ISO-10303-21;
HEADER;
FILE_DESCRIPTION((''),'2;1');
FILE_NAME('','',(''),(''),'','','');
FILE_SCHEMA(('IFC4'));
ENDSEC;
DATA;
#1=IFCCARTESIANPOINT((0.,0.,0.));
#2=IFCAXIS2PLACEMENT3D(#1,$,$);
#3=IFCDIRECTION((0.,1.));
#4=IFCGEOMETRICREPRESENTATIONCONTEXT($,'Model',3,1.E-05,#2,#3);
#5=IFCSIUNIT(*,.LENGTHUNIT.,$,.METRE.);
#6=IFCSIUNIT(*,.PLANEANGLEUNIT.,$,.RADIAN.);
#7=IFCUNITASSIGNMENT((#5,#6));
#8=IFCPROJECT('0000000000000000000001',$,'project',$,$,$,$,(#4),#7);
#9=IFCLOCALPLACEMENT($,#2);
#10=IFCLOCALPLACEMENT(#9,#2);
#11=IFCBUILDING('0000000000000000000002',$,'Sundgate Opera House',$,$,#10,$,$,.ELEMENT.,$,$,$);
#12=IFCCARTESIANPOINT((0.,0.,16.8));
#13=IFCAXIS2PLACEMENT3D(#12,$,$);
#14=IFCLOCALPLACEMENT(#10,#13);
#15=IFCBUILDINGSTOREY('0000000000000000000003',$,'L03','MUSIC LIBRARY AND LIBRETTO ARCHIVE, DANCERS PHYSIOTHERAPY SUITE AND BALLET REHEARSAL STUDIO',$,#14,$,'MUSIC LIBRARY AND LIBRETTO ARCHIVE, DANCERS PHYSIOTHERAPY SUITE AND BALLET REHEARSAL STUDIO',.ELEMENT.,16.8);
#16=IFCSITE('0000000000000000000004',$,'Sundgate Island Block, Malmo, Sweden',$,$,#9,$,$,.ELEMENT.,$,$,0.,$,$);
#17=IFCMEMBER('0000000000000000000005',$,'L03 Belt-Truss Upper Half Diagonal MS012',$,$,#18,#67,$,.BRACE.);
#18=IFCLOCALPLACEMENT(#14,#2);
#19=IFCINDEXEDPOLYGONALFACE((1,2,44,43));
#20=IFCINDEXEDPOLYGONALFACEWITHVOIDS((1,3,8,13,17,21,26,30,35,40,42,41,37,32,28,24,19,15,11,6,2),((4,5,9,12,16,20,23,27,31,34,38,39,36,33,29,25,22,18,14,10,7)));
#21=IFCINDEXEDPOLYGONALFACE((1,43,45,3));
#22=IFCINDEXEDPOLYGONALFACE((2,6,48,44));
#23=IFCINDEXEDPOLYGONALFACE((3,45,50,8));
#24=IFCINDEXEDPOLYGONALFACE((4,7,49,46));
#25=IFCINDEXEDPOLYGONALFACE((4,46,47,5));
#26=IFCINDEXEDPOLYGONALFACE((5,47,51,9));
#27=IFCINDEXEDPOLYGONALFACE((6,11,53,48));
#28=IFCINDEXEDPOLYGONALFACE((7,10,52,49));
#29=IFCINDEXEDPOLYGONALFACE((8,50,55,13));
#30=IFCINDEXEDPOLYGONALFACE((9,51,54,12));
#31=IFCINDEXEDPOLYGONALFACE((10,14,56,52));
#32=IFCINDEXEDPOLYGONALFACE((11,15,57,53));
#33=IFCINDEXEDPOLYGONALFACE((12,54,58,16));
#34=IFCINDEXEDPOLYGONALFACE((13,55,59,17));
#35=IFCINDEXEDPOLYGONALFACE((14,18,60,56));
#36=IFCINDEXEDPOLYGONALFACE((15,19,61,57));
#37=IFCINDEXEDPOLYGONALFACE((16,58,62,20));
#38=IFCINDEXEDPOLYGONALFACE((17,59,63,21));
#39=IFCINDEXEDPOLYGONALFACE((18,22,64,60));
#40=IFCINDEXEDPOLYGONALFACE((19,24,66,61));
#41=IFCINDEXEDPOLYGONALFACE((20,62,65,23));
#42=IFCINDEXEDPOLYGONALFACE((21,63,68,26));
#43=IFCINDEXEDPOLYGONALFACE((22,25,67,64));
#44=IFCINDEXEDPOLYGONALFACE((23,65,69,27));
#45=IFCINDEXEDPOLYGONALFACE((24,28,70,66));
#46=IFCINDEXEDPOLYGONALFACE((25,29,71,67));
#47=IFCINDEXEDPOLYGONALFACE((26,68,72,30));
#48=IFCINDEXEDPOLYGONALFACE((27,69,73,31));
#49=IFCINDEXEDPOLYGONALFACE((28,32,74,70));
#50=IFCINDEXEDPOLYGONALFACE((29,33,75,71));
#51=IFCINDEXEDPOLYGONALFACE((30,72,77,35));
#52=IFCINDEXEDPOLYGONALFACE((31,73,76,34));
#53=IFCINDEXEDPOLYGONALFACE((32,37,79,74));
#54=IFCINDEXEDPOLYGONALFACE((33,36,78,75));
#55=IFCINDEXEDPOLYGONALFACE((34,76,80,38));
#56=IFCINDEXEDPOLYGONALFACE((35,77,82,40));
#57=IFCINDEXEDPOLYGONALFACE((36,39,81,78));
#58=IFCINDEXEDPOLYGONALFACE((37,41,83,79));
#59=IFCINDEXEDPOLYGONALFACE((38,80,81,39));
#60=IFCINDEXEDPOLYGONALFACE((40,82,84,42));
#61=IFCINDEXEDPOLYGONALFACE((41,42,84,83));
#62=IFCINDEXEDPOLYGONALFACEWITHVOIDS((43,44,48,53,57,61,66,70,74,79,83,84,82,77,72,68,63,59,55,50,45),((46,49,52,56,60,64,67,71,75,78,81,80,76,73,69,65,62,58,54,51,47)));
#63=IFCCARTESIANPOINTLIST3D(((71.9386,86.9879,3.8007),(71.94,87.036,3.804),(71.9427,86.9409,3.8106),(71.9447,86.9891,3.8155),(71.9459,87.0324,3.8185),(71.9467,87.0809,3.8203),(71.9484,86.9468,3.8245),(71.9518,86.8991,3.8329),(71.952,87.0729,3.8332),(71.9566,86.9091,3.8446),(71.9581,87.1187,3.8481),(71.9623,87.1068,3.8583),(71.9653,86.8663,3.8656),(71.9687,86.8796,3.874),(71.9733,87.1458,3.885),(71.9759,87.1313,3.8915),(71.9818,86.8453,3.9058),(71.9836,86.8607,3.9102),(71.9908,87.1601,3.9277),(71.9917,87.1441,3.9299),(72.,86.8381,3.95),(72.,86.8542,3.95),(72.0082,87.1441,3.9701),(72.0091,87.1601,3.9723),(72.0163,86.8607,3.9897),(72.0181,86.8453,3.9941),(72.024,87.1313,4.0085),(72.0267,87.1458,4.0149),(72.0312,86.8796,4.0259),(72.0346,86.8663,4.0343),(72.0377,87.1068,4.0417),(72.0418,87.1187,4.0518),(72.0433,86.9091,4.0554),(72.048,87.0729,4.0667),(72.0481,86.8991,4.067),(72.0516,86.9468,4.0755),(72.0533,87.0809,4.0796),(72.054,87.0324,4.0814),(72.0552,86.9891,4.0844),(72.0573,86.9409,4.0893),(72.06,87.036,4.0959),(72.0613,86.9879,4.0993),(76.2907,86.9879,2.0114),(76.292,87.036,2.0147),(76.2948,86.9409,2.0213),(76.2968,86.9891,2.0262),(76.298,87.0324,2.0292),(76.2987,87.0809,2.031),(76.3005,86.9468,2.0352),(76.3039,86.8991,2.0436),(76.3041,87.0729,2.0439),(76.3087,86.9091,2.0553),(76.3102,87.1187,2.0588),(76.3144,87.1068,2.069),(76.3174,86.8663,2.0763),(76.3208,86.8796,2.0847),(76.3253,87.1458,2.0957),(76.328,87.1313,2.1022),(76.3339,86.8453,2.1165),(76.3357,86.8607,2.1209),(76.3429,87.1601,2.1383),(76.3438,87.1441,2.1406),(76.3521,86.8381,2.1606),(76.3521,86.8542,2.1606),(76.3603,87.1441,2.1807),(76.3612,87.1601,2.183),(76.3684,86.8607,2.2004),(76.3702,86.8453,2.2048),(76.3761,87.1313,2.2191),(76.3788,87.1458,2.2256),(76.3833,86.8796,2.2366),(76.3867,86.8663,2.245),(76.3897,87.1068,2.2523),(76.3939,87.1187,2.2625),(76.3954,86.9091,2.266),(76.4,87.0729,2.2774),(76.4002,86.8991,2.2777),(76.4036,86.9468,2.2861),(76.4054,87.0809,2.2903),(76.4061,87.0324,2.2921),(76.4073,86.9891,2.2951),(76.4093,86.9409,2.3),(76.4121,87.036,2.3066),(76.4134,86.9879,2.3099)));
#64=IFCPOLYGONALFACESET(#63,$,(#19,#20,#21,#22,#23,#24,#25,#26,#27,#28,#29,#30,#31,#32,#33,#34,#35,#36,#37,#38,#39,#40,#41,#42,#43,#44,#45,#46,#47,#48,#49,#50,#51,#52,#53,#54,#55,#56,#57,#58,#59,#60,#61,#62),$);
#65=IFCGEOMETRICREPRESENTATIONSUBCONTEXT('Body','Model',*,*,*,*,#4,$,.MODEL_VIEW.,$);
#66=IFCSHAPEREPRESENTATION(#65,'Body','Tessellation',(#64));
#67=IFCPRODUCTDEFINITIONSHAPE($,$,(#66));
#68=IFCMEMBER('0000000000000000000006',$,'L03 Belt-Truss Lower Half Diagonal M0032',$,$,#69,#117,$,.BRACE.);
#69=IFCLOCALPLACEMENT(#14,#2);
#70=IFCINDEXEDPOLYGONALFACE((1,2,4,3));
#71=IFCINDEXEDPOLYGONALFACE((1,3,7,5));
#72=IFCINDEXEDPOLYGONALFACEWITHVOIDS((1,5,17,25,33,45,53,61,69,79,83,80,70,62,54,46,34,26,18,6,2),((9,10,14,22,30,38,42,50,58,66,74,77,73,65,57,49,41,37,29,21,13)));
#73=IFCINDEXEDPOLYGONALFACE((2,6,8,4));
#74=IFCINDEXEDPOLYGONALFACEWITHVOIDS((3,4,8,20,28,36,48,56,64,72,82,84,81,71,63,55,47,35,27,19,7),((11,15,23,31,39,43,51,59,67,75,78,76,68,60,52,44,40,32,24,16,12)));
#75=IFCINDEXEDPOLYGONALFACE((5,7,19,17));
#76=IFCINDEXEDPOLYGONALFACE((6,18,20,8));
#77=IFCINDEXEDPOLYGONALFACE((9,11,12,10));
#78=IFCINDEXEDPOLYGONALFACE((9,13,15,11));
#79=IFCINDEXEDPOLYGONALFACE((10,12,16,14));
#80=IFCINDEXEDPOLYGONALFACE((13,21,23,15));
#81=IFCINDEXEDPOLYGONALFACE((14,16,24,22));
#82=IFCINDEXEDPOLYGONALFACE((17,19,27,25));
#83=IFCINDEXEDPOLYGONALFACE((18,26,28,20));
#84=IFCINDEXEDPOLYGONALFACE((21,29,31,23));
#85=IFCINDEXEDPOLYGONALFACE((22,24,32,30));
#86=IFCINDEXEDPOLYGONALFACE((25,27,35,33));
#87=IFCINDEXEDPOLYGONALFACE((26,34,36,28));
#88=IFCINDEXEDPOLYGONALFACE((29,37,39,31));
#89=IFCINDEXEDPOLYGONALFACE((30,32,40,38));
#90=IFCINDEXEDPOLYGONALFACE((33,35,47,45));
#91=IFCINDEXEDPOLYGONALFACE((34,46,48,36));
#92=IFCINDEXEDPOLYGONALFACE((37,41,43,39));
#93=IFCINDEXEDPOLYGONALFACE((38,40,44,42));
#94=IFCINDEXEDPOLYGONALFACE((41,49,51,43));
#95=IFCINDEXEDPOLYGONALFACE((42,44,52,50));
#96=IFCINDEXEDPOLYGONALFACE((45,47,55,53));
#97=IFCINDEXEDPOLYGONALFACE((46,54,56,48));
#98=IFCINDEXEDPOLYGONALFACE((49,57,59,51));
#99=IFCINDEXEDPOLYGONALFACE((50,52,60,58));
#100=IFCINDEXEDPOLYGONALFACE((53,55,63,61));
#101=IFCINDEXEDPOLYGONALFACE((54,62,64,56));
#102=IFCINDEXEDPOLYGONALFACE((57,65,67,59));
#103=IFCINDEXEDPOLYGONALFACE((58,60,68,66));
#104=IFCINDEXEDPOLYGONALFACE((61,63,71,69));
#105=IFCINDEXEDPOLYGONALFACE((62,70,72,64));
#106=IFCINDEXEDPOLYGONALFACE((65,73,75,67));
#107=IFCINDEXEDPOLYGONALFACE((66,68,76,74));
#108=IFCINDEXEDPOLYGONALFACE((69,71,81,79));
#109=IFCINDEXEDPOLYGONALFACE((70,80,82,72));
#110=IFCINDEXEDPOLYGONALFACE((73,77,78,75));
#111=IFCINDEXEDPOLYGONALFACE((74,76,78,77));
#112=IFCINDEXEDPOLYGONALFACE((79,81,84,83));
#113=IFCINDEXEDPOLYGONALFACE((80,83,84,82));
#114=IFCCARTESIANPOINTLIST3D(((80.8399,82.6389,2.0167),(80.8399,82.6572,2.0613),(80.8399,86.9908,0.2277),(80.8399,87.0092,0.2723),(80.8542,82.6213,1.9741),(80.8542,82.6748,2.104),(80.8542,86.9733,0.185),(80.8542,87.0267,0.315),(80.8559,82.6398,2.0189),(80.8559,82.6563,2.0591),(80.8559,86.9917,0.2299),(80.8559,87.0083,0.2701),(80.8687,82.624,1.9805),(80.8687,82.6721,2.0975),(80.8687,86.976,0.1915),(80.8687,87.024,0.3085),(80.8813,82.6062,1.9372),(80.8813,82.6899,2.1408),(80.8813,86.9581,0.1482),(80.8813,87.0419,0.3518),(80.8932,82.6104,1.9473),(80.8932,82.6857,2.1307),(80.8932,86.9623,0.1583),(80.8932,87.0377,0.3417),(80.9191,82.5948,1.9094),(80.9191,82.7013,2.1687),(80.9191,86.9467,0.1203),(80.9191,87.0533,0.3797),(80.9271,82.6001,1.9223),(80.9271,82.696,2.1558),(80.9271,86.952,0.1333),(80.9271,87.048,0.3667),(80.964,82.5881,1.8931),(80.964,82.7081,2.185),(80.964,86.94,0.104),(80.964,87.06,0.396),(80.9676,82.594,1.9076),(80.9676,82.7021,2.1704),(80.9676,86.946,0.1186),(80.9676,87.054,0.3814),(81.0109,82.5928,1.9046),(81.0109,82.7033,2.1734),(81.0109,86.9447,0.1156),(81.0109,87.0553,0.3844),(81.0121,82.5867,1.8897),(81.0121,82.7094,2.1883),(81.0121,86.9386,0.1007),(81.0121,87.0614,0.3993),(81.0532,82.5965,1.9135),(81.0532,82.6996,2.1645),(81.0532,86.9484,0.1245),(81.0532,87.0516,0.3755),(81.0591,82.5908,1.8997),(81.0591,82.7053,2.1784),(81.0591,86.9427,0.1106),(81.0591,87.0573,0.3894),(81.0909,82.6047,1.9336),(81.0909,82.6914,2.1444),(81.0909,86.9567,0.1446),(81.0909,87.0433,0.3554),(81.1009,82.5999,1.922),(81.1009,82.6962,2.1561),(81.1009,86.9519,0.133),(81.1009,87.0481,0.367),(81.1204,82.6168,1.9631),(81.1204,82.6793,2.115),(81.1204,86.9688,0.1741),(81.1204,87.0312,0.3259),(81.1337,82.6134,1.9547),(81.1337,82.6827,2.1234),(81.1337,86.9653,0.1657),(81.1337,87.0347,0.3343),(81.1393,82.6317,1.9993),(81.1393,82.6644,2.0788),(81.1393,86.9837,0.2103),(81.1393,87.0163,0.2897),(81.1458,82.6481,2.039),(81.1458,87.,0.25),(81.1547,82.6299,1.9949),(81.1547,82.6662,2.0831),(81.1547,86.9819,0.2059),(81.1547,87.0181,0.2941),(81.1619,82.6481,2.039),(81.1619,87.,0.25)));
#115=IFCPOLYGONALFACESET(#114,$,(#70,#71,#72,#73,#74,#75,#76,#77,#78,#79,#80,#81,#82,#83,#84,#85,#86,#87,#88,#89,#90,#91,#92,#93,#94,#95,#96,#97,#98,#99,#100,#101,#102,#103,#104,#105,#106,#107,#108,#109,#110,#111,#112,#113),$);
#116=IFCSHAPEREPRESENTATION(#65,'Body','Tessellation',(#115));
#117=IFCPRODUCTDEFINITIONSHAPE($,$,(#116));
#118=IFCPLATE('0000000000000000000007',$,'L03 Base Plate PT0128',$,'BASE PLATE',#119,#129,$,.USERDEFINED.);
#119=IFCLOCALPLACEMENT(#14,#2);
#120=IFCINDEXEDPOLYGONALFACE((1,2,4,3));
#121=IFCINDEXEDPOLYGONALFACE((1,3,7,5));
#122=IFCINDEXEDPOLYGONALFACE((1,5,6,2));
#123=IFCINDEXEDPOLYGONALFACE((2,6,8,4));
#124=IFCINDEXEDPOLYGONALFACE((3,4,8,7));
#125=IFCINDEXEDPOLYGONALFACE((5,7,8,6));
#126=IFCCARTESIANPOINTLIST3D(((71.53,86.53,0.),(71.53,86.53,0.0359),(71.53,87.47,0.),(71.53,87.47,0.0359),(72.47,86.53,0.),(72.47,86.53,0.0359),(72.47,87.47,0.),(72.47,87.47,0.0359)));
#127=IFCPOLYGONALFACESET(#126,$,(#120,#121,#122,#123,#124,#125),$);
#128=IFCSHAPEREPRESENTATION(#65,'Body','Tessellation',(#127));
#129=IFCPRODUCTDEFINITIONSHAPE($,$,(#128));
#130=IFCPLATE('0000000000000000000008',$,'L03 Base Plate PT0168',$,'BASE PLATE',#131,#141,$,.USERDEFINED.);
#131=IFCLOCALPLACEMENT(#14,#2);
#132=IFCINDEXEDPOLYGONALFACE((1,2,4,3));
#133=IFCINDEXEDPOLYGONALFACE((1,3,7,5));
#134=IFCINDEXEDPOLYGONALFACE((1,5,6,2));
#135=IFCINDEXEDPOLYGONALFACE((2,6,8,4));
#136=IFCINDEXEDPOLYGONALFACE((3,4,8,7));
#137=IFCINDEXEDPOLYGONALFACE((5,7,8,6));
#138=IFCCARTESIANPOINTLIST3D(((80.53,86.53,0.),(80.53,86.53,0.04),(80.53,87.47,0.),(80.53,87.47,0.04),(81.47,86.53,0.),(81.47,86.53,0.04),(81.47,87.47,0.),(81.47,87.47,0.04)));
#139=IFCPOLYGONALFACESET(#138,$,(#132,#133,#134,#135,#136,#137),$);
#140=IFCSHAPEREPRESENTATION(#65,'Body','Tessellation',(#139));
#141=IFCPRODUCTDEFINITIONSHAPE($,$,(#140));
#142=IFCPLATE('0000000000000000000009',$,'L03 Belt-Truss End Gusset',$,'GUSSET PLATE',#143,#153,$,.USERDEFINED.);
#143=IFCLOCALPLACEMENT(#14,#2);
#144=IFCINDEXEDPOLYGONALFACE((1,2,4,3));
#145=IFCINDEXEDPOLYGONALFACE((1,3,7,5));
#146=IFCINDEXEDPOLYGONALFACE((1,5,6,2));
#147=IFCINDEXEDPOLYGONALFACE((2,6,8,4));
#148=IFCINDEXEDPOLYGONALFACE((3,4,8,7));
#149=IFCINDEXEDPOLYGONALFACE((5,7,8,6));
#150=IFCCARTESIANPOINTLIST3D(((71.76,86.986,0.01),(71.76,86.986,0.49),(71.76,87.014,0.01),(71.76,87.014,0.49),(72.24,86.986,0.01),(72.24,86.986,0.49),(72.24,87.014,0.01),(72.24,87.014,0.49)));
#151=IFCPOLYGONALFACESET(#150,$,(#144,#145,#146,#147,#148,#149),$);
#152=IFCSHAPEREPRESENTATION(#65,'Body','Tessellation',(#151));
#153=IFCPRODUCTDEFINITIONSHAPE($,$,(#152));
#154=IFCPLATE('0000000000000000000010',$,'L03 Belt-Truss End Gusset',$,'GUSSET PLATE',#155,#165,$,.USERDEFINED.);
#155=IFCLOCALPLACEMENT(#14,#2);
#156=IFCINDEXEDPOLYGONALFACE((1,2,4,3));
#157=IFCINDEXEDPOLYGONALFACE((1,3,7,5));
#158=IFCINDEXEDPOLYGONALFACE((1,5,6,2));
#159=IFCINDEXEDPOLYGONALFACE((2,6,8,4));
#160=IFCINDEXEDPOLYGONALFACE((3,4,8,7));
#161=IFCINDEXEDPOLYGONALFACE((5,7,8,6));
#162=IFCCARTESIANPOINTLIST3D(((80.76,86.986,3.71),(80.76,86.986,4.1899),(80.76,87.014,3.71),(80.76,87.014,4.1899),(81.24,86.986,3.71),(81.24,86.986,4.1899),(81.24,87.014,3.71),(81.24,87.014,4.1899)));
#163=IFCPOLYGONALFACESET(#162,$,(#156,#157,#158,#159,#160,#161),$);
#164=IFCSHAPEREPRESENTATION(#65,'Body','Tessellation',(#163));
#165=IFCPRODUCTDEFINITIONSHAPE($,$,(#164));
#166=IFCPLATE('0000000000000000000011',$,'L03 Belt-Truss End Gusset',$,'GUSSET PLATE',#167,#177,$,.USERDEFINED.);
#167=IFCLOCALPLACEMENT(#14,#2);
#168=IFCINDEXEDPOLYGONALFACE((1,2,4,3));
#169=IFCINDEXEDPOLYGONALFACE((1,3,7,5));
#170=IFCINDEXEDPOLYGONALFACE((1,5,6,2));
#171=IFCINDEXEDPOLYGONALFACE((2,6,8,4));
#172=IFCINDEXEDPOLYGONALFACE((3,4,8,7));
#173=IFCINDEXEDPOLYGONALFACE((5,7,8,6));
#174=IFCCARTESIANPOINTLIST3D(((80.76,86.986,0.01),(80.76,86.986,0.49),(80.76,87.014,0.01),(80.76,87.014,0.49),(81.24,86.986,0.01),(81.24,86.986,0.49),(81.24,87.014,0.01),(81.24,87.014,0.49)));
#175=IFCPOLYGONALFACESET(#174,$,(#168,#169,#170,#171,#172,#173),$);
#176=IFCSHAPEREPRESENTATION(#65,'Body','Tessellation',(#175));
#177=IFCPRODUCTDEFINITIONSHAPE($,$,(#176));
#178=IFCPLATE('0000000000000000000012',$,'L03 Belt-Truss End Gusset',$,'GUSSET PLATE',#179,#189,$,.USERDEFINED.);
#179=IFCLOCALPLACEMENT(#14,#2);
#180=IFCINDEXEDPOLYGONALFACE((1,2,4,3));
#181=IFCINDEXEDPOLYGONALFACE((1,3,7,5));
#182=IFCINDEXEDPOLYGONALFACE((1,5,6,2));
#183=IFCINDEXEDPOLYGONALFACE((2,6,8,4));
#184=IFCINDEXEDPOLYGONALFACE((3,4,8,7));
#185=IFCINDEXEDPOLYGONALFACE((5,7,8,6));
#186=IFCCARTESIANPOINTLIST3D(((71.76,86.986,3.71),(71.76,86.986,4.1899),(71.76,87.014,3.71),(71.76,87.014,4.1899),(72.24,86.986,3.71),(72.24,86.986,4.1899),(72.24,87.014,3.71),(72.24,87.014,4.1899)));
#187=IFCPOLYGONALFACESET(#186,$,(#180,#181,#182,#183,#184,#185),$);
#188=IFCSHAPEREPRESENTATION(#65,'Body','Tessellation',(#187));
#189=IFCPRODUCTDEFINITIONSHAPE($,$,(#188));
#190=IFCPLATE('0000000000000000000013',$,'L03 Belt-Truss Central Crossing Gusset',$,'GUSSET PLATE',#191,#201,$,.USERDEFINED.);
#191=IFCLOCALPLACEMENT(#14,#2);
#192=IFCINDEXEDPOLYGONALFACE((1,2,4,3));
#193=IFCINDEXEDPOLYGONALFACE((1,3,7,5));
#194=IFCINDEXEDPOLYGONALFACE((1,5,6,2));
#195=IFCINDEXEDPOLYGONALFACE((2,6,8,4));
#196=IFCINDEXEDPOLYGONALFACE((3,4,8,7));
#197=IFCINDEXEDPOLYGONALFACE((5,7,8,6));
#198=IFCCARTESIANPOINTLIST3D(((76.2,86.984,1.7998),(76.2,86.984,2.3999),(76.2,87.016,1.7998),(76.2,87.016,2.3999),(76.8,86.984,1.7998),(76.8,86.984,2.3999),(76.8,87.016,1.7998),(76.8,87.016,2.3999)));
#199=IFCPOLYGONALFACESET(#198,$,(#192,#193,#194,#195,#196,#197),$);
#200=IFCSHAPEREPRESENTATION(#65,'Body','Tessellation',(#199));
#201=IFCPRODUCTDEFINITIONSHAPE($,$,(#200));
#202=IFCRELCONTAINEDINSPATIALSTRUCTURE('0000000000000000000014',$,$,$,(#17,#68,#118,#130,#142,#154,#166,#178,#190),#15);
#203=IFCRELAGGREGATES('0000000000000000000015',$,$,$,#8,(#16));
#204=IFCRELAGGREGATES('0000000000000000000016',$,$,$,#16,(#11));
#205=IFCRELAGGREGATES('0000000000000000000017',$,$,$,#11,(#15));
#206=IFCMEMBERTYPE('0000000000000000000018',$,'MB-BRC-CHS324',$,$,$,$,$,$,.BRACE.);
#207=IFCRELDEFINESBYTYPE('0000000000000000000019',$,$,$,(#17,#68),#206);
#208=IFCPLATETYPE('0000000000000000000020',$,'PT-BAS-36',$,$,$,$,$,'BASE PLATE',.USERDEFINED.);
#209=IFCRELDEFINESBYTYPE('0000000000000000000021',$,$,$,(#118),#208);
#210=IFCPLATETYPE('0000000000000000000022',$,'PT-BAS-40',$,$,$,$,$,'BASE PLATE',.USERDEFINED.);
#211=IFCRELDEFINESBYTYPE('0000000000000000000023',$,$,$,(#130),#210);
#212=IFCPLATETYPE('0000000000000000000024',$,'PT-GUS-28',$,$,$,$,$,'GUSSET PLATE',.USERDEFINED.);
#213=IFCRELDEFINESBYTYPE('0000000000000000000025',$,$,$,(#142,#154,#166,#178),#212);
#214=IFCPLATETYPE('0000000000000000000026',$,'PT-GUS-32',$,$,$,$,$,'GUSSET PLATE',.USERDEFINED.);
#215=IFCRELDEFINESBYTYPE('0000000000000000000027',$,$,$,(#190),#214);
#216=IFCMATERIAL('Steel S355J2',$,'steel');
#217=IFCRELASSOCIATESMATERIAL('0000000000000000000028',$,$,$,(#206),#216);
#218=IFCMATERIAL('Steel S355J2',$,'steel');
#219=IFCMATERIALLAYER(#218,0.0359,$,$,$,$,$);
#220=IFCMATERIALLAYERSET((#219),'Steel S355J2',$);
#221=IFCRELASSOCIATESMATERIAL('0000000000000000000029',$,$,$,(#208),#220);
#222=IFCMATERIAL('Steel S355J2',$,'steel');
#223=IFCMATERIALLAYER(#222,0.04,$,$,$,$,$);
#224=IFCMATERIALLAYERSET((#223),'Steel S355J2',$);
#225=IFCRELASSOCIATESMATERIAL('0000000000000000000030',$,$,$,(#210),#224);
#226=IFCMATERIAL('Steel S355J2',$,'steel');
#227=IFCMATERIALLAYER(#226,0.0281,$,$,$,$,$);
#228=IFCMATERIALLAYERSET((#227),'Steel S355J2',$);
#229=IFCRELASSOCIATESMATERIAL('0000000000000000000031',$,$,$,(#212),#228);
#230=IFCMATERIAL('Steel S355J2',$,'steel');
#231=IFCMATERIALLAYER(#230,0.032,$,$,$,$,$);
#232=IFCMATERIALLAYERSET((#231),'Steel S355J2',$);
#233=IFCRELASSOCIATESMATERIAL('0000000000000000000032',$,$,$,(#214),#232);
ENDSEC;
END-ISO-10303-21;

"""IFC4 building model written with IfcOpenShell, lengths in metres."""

from ifc_helpers import new_model, si_unit, direction, frame, origin, origin_2d, place, context, subcontext, project, spatial, rectangle, hollow_circle, extrude, material, layer, layer_set, material_profile, profile_set, type_object, element, save


model = new_model("IFC4")

# Units and contexts
model_context = context("Model", 3, precision=1e-05, world=origin(), true_north=direction((0.0, 1.0)))
body_context = subcontext(model_context, "Body", "Model", "MODEL_VIEW")
ifc_project = project(units=[si_unit("LENGTHUNIT", "METRE"), si_unit("PLANEANGLEUNIT", "RADIAN")], contexts=[model_context])

# Site, building, storey
site_placement = place(None, origin())
site = spatial("IfcSite", under=ifc_project, at=site_placement, Name="Sundgate Island Block, Malmo, Sweden", CompositionType="ELEMENT", RefElevation=0.0)
building_placement = place(site_placement, origin())
building = spatial("IfcBuilding", under=site, at=building_placement, Name="Sundgate Opera House", CompositionType="ELEMENT")
storey_placement = place(building_placement, frame((0.0, 0.0, 16.8)))
storey = spatial("IfcBuildingStorey", under=building, at=storey_placement, Name="L03", Description="MUSIC LIBRARY AND LIBRETTO ARCHIVE, DANCERS PHYSIOTHERAPY SUITE AND BALLET REHEARSAL STUDIO", LongName="MUSIC LIBRARY AND LIBRETTO ARCHIVE, DANCERS PHYSIOTHERAPY SUITE AND BALLET REHEARSAL STUDIO", CompositionType="ELEMENT", Elevation=16.8)

# Members
ifc_material_1 = material(Name="Steel S355J2", Category="steel")
ifc_material_profile_1 = material_profile(ifc_material_1, hollow_circle(Radius=0.1619, WallThickness=0.0161, at=origin_2d()), Name="CHS 323.9x16.0")
ifc_profile_set_1 = profile_set([ifc_material_profile_1], Name="Steel S355J2")
member_type = type_object("IfcMemberType", Name="MB-BRC-CHS324", PredefinedType="BRACE", material=ifc_profile_set_1)
member_1_placement = place(storey_placement, frame((76.3521, 87.0, 2.1606), z_axis=(-0.924881, 0.0, 0.380257), x_axis=(0.0, -1.0, 0.0)))
element("IfcMember", 1, at=member_1_placement, inside=storey, type_object=member_type, Name="L03 Belt-Truss Upper Half Diagonal MS012", PredefinedType="BRACE", context=body_context, shape_type="SweptSolid", body=[
    extrude(hollow_circle(Radius=0.1619, WallThickness=0.0161, at=origin_2d()), origin(), (0.0, 0.0, 1.0), 4.7056),
])
member_2_placement = place(storey_placement, frame((81.0, 87.0, 0.25), z_axis=(0.0, -0.924899, 0.380212), x_axis=(1.0, 0.0, 0.0)))
element("IfcMember", 2, at=member_2_placement, inside=storey, type_object=member_type, Name="L03 Belt-Truss Lower Half Diagonal M0032", PredefinedType="BRACE", context=body_context, shape_type="SweptSolid", body=[
    extrude(hollow_circle(Radius=0.1619, WallThickness=0.0161, at=origin_2d()), origin(), (0.0, 0.0, 1.0), 4.7053),
])

# Plates
ifc_material_2 = material(Name="Steel S355J2", Category="steel")
ifc_layer_1 = layer(ifc_material_2, 0.0359)
ifc_layer_set_1 = layer_set([ifc_layer_1], Name="Steel S355J2")
plate_type_1 = type_object("IfcPlateType", Name="PT-BAS-36", ElementType="BASE PLATE", PredefinedType="USERDEFINED", material=ifc_layer_set_1)
plate_1_placement = place(storey_placement, frame((72.0, 87.0, 0.0), z_axis=(0.0, 0.0, 1.0), x_axis=(1.0, 0.0, 0.0)))
element("IfcPlate", 3, at=plate_1_placement, inside=storey, type_object=plate_type_1, Name="L03 Base Plate PT0128", ObjectType="BASE PLATE", PredefinedType="USERDEFINED", context=body_context, shape_type="SweptSolid", body=[
    extrude(rectangle(XDim=0.9399, YDim=0.9399, at=origin_2d()), origin(), (0.0, 0.0, 1.0), 0.0359),
])
ifc_material_3 = material(Name="Steel S355J2", Category="steel")
ifc_layer_2 = layer(ifc_material_3, 0.04)
ifc_layer_set_2 = layer_set([ifc_layer_2], Name="Steel S355J2")
plate_type_2 = type_object("IfcPlateType", Name="PT-BAS-40", ElementType="BASE PLATE", PredefinedType="USERDEFINED", material=ifc_layer_set_2)
plate_2_placement = place(storey_placement, frame((81.0, 87.0, 0.0), z_axis=(0.0, 0.0, 1.0), x_axis=(1.0, 0.0, 0.0)))
element("IfcPlate", 4, at=plate_2_placement, inside=storey, type_object=plate_type_2, Name="L03 Base Plate PT0168", ObjectType="BASE PLATE", PredefinedType="USERDEFINED", context=body_context, shape_type="SweptSolid", body=[
    extrude(rectangle(XDim=0.9399, YDim=0.9399, at=origin_2d()), origin(), (0.0, 0.0, 1.0), 0.04),
])
ifc_material_4 = material(Name="Steel S355J2", Category="steel")
ifc_layer_3 = layer(ifc_material_4, 0.0281)
ifc_layer_set_3 = layer_set([ifc_layer_3], Name="Steel S355J2")
plate_type_3 = type_object("IfcPlateType", Name="PT-GUS-28", ElementType="GUSSET PLATE", PredefinedType="USERDEFINED", material=ifc_layer_set_3)
for number, where, z_axis, x_axis, name in (
    (5, (72.0, 87.0, 0.01), (0.0, 0.0, 1.0), (1.0, 0.0, 0.0), "L03 Belt-Truss End Gusset"),
    (6, (81.0, 87.0, 3.71), (0.0, 0.0, 1.0), (1.0, 0.0, 0.0), "L03 Belt-Truss End Gusset"),
    (7, (81.0, 87.0, 0.01), (0.0, 0.0, 1.0), (1.0, 0.0, 0.0), "L03 Belt-Truss End Gusset"),
    (8, (72.0, 87.0, 3.71), (0.0, 0.0, 1.0), (1.0, 0.0, 0.0), "L03 Belt-Truss End Gusset"),
):
    element("IfcPlate", number, at=place(storey_placement, frame(where, z_axis=z_axis, x_axis=x_axis)), inside=storey, type_object=plate_type_3, Name=name, ObjectType="GUSSET PLATE", PredefinedType="USERDEFINED", context=body_context, shape_type="SweptSolid", body=[
        extrude(rectangle(XDim=0.48, YDim=0.0281, at=origin_2d()), origin(), (0.0, 0.0, 1.0), 0.48),
    ])
ifc_material_5 = material(Name="Steel S355J2", Category="steel")
ifc_layer_4 = layer(ifc_material_5, 0.032)
ifc_layer_set_4 = layer_set([ifc_layer_4], Name="Steel S355J2")
plate_type_4 = type_object("IfcPlateType", Name="PT-GUS-32", ElementType="GUSSET PLATE", PredefinedType="USERDEFINED", material=ifc_layer_set_4)
plate_3_placement = place(storey_placement, frame((76.5, 87.0, 1.7998), z_axis=(0.0, 0.0, 1.0), x_axis=(1.0, 0.0, 0.0)))
element("IfcPlate", 9, at=plate_3_placement, inside=storey, type_object=plate_type_4, Name="L03 Belt-Truss Central Crossing Gusset", ObjectType="GUSSET PLATE", PredefinedType="USERDEFINED", context=body_context, shape_type="SweptSolid", body=[
    extrude(rectangle(XDim=0.6001, YDim=0.032, at=origin_2d()), origin(), (0.0, 0.0, 1.0), 0.6001),
])

save(model, "model.ifc")
